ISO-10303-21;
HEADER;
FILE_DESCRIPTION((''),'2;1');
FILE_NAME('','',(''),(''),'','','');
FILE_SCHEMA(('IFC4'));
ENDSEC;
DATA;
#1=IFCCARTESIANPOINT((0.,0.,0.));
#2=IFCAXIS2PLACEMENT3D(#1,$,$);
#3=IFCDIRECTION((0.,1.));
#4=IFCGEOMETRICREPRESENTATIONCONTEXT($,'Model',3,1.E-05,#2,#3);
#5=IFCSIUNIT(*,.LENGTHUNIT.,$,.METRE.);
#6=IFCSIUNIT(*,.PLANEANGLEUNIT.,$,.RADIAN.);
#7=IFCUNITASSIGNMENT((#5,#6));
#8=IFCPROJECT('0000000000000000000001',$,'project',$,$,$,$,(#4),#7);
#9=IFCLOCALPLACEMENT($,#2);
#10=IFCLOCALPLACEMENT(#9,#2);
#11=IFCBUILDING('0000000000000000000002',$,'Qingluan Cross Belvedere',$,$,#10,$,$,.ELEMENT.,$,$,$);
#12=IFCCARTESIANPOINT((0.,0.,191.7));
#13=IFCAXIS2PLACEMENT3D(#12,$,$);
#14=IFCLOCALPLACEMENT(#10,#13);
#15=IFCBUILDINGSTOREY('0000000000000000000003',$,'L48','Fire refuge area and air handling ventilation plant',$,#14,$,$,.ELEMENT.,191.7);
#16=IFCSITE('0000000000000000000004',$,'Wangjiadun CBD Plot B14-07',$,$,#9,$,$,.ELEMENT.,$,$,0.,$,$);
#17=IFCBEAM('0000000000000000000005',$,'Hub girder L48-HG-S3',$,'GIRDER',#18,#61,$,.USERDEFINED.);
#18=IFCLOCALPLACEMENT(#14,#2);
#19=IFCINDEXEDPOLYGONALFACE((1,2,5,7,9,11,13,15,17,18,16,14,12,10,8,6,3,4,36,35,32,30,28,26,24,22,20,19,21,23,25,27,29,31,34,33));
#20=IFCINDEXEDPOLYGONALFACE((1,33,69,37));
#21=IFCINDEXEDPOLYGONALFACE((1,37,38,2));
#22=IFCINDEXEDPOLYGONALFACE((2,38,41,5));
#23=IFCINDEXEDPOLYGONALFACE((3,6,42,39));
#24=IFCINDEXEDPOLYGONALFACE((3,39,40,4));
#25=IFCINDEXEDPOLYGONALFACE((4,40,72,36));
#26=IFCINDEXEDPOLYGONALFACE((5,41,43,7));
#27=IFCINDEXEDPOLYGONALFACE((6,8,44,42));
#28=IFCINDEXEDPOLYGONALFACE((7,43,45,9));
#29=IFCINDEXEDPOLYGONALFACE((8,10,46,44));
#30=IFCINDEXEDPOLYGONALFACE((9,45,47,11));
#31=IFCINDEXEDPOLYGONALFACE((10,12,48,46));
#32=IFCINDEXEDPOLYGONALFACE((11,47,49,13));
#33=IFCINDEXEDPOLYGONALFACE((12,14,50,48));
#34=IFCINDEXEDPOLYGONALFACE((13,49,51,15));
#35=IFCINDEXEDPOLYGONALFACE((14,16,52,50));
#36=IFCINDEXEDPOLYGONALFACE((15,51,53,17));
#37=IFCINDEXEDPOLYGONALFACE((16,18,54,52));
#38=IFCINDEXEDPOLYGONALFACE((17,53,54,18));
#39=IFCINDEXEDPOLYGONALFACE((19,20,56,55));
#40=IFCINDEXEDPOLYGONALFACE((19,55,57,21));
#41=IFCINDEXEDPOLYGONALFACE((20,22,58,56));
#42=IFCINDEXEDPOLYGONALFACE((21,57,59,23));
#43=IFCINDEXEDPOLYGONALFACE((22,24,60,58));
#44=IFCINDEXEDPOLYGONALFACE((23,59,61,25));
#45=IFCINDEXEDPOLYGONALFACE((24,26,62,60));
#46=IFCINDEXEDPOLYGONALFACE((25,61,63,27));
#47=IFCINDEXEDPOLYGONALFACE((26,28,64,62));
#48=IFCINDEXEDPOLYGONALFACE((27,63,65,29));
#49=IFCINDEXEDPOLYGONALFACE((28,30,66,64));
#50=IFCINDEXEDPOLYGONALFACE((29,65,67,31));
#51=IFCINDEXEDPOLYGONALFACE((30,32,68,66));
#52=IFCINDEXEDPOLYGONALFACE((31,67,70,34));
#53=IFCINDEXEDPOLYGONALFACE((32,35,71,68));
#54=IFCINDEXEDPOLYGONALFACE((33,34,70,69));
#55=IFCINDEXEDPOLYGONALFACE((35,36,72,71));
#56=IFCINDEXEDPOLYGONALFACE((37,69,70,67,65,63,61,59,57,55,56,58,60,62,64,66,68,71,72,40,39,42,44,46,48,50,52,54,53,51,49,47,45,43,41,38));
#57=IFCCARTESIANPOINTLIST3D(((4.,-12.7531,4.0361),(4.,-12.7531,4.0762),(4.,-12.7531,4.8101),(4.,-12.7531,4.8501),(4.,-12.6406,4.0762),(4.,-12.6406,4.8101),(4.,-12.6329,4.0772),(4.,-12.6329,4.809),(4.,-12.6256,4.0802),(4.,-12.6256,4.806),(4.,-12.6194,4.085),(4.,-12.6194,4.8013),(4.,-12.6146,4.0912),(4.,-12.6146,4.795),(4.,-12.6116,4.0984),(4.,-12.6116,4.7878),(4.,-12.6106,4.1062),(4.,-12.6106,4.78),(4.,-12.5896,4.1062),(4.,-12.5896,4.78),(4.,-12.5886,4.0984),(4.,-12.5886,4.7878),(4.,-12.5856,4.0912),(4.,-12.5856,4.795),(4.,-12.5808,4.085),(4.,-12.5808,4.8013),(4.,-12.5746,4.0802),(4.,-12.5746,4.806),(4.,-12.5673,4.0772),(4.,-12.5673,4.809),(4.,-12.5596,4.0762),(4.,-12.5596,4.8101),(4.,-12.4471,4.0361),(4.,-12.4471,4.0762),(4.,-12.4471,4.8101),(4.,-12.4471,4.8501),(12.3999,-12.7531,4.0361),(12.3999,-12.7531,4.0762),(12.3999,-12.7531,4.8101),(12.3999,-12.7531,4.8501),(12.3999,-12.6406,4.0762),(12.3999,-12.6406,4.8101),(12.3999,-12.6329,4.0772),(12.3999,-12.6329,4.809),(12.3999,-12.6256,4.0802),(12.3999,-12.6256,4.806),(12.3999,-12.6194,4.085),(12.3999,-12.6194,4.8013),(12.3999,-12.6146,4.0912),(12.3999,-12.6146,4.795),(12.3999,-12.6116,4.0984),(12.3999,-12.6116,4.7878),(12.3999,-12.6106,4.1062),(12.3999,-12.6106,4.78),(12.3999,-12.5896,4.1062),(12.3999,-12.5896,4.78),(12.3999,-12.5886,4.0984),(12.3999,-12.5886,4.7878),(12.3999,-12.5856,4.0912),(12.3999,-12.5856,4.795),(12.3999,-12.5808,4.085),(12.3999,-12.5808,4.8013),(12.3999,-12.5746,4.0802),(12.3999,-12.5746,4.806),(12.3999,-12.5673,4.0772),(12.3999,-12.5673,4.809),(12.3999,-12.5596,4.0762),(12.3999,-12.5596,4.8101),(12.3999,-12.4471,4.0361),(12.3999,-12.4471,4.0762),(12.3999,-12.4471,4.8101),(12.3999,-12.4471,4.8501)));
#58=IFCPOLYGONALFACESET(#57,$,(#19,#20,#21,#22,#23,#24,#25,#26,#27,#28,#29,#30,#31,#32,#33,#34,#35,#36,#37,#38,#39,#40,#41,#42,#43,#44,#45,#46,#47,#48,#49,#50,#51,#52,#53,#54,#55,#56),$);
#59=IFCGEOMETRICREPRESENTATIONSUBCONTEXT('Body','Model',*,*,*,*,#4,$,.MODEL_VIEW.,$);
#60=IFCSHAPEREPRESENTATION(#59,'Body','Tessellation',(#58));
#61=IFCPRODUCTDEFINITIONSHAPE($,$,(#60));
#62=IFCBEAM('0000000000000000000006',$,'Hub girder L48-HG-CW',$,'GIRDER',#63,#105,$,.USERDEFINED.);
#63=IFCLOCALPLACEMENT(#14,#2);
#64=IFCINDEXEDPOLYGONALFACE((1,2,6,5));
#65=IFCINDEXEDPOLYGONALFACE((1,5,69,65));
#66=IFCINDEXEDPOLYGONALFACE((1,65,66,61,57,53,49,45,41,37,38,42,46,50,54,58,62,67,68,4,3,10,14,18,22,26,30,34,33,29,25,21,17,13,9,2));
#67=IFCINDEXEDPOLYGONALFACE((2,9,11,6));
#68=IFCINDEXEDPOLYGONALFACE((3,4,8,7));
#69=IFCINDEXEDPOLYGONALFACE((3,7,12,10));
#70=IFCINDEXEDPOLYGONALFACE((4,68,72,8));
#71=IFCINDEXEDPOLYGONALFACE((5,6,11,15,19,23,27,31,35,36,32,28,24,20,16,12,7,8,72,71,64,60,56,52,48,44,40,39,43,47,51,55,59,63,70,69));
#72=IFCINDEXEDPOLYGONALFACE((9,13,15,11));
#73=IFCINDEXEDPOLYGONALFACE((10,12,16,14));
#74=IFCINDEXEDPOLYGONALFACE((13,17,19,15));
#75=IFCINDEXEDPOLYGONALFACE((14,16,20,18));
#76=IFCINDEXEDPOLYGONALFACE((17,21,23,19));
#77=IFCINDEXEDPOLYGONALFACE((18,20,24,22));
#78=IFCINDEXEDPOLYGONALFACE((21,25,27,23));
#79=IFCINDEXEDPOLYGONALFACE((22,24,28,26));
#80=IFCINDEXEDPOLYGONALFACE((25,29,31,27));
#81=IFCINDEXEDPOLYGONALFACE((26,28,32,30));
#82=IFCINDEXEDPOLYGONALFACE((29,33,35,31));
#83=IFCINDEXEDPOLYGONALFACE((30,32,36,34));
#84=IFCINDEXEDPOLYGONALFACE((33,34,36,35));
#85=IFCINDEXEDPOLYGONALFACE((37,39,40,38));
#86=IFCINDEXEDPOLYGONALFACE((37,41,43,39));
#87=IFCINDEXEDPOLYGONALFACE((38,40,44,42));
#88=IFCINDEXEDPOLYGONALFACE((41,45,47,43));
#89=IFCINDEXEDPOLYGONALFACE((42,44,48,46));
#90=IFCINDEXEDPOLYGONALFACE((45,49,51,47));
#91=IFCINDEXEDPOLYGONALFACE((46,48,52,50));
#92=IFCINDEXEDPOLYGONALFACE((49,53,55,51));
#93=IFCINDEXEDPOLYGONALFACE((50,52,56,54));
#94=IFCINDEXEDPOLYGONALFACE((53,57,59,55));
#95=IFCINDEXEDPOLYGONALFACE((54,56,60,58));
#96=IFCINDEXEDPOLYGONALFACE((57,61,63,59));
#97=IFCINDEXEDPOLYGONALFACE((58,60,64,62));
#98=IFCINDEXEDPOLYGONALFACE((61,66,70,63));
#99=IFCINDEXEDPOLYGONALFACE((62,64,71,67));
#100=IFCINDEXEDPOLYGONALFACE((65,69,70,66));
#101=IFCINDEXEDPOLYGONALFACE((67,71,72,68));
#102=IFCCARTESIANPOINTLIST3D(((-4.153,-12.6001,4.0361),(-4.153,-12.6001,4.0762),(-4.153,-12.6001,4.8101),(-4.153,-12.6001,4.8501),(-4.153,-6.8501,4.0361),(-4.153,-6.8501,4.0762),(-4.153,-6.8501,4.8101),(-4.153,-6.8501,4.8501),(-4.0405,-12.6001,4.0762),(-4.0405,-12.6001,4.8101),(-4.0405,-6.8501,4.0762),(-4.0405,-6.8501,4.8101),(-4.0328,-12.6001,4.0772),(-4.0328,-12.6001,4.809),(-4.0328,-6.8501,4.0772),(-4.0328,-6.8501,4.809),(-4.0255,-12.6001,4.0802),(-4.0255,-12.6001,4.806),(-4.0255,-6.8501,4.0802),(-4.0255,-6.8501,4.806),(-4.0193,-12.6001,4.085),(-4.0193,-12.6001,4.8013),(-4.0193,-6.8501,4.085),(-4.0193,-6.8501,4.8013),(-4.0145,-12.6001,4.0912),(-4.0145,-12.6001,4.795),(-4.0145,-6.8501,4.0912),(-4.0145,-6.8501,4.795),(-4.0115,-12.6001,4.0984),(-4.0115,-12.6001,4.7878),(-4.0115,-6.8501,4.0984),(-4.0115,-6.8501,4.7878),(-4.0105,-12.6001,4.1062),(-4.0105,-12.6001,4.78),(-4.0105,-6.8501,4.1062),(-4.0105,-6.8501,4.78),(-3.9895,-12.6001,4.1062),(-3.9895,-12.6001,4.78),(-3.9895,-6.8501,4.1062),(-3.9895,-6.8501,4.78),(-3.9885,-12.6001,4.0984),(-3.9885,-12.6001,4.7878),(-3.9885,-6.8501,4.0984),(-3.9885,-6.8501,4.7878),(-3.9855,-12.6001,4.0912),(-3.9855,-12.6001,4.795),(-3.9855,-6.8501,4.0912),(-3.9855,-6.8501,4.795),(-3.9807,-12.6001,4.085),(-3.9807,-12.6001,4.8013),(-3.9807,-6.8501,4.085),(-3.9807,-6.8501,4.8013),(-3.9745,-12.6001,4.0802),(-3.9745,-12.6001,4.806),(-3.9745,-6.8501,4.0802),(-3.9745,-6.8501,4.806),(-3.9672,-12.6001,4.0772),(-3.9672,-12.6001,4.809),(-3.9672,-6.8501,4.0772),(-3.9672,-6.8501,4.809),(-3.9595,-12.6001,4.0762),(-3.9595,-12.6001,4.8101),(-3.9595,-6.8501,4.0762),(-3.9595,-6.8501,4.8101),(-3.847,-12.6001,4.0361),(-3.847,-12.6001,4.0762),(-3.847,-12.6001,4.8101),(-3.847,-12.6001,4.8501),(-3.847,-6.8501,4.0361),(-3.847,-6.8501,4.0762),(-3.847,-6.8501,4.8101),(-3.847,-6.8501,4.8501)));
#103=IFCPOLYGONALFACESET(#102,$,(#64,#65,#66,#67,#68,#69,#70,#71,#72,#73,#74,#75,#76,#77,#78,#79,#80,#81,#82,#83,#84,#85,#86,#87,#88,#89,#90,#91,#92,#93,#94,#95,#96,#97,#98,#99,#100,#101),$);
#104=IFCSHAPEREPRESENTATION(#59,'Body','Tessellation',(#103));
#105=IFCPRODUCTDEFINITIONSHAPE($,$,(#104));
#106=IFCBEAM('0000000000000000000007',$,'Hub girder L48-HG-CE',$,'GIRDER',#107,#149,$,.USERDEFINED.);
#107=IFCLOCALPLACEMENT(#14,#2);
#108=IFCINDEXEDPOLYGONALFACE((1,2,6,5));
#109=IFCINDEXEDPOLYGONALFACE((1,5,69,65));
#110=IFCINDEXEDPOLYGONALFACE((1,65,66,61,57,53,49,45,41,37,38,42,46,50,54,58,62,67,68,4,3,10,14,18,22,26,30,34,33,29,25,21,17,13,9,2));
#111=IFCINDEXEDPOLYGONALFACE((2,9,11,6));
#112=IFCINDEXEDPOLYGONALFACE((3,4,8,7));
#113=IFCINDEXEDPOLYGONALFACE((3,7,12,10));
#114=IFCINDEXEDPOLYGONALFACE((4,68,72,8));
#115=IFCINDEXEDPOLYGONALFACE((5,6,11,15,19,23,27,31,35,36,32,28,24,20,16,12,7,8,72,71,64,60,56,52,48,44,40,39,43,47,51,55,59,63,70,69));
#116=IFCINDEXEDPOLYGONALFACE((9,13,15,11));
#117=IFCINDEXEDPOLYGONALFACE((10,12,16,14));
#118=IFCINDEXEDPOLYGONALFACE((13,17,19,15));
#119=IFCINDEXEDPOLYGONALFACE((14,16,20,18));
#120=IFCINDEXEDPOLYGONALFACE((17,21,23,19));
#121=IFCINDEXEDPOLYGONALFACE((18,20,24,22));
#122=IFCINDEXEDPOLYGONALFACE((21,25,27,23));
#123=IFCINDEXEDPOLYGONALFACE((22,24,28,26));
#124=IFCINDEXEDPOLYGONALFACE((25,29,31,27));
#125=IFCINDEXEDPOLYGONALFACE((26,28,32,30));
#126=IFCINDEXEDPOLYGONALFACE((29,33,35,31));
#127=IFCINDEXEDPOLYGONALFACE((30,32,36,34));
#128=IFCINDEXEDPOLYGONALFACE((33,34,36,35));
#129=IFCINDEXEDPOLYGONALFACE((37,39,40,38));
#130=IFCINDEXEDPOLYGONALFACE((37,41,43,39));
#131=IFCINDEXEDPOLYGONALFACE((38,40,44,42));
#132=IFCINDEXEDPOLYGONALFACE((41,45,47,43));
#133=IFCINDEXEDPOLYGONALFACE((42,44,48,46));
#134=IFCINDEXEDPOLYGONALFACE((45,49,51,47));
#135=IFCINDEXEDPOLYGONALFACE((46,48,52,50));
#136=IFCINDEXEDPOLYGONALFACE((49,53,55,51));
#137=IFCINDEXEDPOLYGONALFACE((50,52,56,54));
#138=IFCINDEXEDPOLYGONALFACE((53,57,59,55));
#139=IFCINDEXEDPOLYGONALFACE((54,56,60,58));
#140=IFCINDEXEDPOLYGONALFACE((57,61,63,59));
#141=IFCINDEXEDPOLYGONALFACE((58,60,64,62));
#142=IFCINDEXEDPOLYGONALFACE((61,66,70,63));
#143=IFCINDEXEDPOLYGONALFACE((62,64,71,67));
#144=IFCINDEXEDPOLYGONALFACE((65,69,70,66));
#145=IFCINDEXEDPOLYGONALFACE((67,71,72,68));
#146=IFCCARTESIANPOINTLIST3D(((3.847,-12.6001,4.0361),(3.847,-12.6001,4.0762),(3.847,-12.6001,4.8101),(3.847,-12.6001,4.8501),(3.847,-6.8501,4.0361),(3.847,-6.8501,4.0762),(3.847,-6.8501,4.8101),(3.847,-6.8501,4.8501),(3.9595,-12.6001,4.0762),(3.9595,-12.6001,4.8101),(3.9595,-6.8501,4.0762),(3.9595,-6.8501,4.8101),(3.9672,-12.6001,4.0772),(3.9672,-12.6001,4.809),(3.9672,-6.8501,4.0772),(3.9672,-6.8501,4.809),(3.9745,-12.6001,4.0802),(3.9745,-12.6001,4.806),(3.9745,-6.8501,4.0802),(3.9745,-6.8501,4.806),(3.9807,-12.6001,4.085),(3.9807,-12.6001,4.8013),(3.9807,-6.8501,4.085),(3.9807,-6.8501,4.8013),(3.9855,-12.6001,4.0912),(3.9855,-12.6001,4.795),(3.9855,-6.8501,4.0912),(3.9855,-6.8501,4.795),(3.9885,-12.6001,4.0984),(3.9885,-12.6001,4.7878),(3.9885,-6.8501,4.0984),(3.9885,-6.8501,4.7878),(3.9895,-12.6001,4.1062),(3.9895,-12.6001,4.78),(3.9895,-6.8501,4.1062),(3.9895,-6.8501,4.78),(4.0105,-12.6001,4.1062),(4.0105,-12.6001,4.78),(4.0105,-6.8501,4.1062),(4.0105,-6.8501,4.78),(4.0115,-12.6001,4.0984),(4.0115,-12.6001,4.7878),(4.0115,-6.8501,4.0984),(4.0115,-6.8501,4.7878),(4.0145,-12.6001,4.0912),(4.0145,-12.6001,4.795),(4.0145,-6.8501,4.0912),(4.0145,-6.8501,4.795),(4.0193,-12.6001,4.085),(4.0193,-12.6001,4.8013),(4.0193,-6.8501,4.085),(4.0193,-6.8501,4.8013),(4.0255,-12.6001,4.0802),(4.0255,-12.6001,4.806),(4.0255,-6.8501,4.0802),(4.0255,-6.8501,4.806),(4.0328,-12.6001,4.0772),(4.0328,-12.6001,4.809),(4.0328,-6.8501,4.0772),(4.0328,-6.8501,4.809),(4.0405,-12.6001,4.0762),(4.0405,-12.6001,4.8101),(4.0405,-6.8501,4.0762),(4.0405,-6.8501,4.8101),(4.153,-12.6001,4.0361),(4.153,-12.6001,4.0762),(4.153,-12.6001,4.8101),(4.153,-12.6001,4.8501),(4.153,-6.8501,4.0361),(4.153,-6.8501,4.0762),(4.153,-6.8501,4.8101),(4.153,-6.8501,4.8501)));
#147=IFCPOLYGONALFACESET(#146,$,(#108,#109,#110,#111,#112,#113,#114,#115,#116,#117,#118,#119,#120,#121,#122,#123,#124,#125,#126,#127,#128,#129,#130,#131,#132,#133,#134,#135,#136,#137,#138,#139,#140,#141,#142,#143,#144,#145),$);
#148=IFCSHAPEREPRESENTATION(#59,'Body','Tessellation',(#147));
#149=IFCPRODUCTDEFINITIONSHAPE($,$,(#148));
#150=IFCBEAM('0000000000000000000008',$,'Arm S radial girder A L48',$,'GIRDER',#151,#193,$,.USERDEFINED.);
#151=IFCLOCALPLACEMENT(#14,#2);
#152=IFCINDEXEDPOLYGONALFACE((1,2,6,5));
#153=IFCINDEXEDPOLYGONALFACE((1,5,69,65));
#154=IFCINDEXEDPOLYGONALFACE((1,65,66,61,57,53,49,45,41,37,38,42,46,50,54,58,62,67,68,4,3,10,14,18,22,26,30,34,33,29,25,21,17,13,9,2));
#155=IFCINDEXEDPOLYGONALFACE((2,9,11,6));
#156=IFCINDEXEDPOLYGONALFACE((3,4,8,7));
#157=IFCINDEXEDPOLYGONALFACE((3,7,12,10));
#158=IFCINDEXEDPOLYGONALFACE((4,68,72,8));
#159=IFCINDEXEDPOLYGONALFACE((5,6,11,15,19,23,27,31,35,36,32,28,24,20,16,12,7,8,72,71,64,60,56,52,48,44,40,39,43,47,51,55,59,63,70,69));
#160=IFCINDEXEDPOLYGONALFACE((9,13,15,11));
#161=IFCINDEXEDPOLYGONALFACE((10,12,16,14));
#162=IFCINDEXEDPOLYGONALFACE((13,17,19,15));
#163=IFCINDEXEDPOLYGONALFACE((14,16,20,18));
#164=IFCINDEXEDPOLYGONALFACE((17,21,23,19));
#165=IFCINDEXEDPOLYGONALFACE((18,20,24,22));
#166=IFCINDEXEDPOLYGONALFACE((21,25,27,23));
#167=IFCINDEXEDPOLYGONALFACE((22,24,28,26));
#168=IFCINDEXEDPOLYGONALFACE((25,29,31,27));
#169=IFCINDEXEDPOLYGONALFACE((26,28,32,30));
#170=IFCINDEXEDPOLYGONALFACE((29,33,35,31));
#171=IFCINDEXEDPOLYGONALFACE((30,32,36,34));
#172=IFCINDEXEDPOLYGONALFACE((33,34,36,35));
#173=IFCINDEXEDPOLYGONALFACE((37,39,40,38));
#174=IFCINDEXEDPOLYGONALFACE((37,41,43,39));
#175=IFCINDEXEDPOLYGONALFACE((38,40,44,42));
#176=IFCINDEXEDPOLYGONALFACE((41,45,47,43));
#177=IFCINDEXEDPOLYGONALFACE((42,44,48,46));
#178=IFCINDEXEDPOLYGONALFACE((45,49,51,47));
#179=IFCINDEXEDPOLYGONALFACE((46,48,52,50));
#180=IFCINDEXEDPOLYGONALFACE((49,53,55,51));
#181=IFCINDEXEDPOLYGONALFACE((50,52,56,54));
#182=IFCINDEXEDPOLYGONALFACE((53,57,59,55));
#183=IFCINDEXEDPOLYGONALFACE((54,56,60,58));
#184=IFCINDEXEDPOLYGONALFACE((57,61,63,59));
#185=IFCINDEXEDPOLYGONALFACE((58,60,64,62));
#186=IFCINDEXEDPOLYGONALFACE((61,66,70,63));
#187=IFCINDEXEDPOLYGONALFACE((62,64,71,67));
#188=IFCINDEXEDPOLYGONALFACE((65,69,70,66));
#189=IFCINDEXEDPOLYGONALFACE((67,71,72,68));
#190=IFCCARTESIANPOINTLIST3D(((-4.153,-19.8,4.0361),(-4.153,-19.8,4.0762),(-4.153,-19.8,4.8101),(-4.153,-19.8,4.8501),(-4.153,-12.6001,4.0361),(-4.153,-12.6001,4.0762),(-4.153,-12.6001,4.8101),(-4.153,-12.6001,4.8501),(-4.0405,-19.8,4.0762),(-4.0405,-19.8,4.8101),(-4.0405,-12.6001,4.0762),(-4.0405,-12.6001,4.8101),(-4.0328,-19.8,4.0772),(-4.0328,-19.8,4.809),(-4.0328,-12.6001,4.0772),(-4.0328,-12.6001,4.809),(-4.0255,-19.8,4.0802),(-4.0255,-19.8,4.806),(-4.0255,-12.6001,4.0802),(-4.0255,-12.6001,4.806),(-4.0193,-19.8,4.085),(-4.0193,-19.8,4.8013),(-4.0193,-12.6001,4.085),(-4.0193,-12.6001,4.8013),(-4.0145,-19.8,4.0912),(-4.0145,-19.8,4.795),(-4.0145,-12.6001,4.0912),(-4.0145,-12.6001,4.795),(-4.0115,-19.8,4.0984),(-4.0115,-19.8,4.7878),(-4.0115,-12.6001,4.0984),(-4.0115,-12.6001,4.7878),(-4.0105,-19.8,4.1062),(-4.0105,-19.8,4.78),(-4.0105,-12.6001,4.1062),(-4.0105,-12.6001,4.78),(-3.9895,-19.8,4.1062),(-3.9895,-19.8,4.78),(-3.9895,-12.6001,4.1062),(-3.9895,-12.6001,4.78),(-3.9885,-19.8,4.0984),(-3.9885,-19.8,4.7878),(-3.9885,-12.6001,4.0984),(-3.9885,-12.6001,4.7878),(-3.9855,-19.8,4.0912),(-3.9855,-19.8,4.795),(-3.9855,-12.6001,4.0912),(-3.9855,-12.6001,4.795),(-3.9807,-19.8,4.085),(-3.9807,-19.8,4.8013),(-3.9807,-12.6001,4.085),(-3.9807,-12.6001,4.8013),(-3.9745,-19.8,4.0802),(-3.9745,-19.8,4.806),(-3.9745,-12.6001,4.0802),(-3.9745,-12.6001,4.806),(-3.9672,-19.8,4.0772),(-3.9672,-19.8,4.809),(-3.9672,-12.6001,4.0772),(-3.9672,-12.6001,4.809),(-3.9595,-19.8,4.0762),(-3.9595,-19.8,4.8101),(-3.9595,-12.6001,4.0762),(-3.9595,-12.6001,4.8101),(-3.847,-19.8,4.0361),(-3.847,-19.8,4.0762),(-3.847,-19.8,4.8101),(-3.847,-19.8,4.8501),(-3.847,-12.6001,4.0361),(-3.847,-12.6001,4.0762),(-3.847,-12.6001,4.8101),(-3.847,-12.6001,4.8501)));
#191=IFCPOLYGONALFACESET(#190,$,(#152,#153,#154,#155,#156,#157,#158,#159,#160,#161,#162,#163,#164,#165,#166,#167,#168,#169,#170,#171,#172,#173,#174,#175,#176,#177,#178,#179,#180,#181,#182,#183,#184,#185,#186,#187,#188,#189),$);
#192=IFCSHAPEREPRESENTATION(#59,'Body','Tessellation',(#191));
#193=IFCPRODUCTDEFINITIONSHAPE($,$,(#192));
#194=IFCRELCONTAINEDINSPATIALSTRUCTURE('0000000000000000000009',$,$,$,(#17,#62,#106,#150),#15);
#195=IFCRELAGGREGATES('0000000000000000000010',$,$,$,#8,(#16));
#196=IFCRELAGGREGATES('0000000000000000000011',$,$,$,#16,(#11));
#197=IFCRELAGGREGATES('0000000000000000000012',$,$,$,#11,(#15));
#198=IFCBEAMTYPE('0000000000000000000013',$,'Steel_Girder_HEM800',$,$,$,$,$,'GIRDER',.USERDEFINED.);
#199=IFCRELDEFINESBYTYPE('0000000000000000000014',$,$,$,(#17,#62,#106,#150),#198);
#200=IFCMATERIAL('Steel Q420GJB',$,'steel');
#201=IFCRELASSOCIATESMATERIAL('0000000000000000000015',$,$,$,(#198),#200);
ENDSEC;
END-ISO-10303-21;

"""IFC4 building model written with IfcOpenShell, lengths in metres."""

from ifc_helpers import new_model, si_unit, direction, frame, origin, origin_2d, place, context, subcontext, project, spatial, i_section, extrude, material, material_profile, profile_set, type_object, element, save


model = new_model("IFC4")

# Units and contexts
model_context = context("Model", 3, precision=1e-05, world=origin(), true_north=direction((0.0, 1.0)))
body_context = subcontext(model_context, "Body", "Model", "MODEL_VIEW")
ifc_project = project(units=[si_unit("LENGTHUNIT", "METRE"), si_unit("PLANEANGLEUNIT", "RADIAN")], contexts=[model_context])

# Site, building, storey
site_placement = place(None, origin())
site = spatial("IfcSite", under=ifc_project, at=site_placement, Name="Wangjiadun CBD Plot B14-07", CompositionType="ELEMENT", RefElevation=0.0)
building_placement = place(site_placement, origin())
building = spatial("IfcBuilding", under=site, at=building_placement, Name="Qingluan Cross Belvedere", CompositionType="ELEMENT")
storey_placement = place(building_placement, frame((0.0, 0.0, 191.7)))
storey = spatial("IfcBuildingStorey", under=building, at=storey_placement, Name="L48", Description="Fire refuge area and air handling ventilation plant", CompositionType="ELEMENT", Elevation=191.7)

# Beams
ifc_material_1 = material(Name="Steel Q420GJB", Category="steel")
ifc_material_profile_1 = material_profile(ifc_material_1, i_section(OverallWidth=0.3059, OverallDepth=0.814, WebThickness=0.021, FlangeThickness=0.04, FilletRadius=0.03, at=origin_2d()), Name="HEM800")
ifc_profile_set_1 = profile_set([ifc_material_profile_1], Name="Steel Q420GJB")
beam_type_1 = type_object("IfcBeamType", Name="Steel_Girder_HEM800", ElementType="GIRDER", PredefinedType="USERDEFINED", material=ifc_profile_set_1)
beam_1_placement = place(storey_placement, frame((4.0, -12.6001, 4.4431), z_axis=(1.0, 0.0, 0.0), x_axis=(0.0, 1.0, 0.0)))
element("IfcBeam", 1, at=beam_1_placement, inside=storey, type_object=beam_type_1, Name="Hub girder L48-HG-S3", ObjectType="GIRDER", PredefinedType="USERDEFINED", context=body_context, shape_type="SweptSolid", body=[
    extrude(i_section(OverallWidth=0.3059, OverallDepth=0.814, WebThickness=0.021, FlangeThickness=0.04, FilletRadius=0.03, at=origin_2d()), origin(), (0.0, 0.0, 1.0), 8.3999),
])
for number, where, z_axis, x_axis, name in (
    (2, (-4.0, -12.6001, 4.4431), (0.0, 1.0, 0.0), (-1.0, 0.0, 0.0), "Hub girder L48-HG-CW"),
    (3, (4.0, -12.6001, 4.4431), (0.0, 1.0, 0.0), (-1.0, 0.0, 0.0), "Hub girder L48-HG-CE"),
):
    element("IfcBeam", number, at=place(storey_placement, frame(where, z_axis=z_axis, x_axis=x_axis)), inside=storey, type_object=beam_type_1, Name=name, ObjectType="GIRDER", PredefinedType="USERDEFINED", context=body_context, shape_type="SweptSolid", body=[
        extrude(i_section(OverallWidth=0.3059, OverallDepth=0.814, WebThickness=0.021, FlangeThickness=0.04, FilletRadius=0.03, at=origin_2d()), origin(), (0.0, 0.0, 1.0), 5.75),
    ])
for number, where, z_axis, x_axis, name in (
    (4, (-4.0, -12.6001, 4.4431), (0.0, -1.0, 0.0), (1.0, 0.0, 0.0), "Arm S radial girder A L48"),
):
    element("IfcBeam", number, at=place(storey_placement, frame(where, z_axis=z_axis, x_axis=x_axis)), inside=storey, type_object=beam_type_1, Name=name, ObjectType="GIRDER", PredefinedType="USERDEFINED", context=body_context, shape_type="SweptSolid", body=[
        extrude(i_section(OverallWidth=0.3059, OverallDepth=0.814, WebThickness=0.021, FlangeThickness=0.04, FilletRadius=0.03, at=origin_2d()), origin(), (0.0, 0.0, 1.0), 7.2),
    ])

save(model, "model.ifc")
